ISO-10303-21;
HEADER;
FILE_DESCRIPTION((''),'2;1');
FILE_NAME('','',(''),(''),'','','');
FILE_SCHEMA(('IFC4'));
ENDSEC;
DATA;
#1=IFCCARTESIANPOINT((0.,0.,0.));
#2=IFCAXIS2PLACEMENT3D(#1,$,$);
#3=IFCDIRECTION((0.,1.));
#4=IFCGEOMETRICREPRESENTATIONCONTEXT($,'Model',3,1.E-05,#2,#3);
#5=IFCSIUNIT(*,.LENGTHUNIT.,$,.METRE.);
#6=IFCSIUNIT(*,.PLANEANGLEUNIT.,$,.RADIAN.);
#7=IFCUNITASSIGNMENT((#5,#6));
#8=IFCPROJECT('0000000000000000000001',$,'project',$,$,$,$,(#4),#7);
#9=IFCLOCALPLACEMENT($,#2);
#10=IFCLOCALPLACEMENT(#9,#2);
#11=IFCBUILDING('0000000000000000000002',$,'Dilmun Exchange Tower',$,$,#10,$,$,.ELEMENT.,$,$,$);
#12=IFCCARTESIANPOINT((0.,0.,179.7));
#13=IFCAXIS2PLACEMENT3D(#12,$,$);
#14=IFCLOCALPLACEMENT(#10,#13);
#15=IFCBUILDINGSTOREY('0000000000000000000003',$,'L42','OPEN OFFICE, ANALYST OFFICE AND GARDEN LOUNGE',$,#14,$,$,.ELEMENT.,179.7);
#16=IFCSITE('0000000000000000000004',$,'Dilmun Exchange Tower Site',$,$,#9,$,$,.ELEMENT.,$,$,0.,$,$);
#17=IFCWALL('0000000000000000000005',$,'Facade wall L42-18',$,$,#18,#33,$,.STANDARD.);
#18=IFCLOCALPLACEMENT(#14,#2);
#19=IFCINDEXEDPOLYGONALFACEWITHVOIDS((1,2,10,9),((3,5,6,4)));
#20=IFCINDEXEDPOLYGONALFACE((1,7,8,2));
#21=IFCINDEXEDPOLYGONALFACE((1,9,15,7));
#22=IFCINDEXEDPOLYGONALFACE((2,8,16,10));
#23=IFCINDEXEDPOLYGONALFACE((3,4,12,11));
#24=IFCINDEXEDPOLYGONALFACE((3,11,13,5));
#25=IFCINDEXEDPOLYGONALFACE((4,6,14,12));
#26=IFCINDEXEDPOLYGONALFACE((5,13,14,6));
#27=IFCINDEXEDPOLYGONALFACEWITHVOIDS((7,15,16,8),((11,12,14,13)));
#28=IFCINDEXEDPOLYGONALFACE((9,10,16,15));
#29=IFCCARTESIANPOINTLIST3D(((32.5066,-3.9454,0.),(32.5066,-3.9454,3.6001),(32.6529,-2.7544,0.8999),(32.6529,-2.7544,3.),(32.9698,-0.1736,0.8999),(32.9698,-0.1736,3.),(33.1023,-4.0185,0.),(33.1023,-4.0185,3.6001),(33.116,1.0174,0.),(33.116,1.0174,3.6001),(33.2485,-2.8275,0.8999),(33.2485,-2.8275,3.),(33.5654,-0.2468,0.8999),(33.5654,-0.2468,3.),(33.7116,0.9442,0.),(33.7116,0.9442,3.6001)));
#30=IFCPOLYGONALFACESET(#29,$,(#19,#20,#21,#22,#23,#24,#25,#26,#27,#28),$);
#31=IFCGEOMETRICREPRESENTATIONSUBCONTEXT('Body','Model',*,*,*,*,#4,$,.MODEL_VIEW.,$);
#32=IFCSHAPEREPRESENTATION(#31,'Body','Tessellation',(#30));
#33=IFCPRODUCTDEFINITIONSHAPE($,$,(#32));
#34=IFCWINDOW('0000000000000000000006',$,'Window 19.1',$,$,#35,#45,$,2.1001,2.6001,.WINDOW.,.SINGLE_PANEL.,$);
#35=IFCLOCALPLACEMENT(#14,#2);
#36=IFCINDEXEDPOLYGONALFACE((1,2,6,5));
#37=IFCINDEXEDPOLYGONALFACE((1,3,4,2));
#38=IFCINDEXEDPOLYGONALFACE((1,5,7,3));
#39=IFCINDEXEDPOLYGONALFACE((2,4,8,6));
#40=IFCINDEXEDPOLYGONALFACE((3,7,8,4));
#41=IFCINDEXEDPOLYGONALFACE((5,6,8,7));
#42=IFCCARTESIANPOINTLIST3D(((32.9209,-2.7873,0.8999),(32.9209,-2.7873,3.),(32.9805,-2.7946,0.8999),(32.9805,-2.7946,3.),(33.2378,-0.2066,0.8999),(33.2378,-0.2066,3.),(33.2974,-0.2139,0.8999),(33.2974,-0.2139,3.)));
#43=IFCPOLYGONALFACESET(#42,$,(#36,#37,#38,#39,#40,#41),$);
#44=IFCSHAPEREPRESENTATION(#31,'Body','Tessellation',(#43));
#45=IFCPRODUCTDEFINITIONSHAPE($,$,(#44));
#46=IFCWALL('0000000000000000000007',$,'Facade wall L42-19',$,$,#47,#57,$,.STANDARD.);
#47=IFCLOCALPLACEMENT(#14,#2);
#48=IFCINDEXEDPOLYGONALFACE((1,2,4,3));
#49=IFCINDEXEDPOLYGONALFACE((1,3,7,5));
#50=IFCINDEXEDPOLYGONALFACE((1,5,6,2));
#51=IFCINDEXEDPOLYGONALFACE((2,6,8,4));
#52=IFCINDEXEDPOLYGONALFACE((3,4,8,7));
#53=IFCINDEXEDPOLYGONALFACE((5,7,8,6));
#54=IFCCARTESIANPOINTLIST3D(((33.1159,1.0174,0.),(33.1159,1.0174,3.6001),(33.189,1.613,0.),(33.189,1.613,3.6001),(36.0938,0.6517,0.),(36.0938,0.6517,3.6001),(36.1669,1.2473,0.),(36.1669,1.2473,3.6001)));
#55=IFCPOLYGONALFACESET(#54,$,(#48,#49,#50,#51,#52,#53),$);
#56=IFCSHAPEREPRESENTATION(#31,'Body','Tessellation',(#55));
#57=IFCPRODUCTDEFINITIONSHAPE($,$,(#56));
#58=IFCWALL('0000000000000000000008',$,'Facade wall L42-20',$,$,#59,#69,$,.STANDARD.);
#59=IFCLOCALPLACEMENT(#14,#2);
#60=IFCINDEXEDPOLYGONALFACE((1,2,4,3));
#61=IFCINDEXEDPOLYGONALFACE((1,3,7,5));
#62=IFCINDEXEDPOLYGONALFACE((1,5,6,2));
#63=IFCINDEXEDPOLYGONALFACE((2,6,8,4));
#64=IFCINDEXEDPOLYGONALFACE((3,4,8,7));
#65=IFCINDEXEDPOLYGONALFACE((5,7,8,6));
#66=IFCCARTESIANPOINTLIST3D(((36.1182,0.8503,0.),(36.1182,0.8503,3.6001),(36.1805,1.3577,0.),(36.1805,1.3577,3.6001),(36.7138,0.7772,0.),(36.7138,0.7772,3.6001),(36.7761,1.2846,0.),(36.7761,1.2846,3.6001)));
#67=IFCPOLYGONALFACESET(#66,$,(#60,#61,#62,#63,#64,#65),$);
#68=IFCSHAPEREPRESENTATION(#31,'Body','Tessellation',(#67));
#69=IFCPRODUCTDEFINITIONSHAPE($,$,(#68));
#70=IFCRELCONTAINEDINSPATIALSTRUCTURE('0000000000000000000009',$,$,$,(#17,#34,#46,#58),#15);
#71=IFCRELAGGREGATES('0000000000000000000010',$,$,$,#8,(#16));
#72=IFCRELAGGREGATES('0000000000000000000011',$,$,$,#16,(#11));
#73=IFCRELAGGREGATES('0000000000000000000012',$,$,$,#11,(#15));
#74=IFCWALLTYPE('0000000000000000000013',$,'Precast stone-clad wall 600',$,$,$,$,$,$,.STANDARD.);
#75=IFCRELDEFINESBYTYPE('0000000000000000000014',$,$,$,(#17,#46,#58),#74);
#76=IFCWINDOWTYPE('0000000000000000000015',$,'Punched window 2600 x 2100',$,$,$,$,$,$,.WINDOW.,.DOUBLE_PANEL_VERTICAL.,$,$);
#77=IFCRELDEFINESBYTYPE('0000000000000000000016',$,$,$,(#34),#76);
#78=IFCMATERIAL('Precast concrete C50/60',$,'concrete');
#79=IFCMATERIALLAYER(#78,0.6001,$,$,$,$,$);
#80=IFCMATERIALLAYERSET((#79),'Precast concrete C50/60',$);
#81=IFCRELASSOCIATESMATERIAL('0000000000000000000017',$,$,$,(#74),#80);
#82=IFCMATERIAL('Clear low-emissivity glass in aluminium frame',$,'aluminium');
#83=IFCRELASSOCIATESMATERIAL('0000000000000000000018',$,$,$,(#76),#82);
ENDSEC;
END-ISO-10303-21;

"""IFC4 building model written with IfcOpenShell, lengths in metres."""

from ifc_helpers import new_model, si_unit, direction, frame, frame_2d, origin, place, context, subcontext, project, spatial, rectangle, extrude, material, layer, layer_set, type_object, element, fill, save


model = new_model("IFC4")

# Units and contexts
model_context = context("Model", 3, precision=1e-05, world=origin(), true_north=direction((0.0, 1.0)))
body_context = subcontext(model_context, "Body", "Model", "MODEL_VIEW")
ifc_project = project(units=[si_unit("LENGTHUNIT", "METRE"), si_unit("PLANEANGLEUNIT", "RADIAN")], contexts=[model_context])

# Site, building, storey
site_placement = place(None, origin())
site = spatial("IfcSite", under=ifc_project, at=site_placement, Name="Dilmun Exchange Tower Site", CompositionType="ELEMENT", RefElevation=0.0)
building_placement = place(site_placement, origin())
building = spatial("IfcBuilding", under=site, at=building_placement, Name="Dilmun Exchange Tower", CompositionType="ELEMENT")
storey_placement = place(building_placement, frame((0.0, 0.0, 179.7)))
storey = spatial("IfcBuildingStorey", under=building, at=storey_placement, Name="L42", Description="OPEN OFFICE, ANALYST OFFICE AND GARDEN LOUNGE", CompositionType="ELEMENT", Elevation=179.7)

# Shared definitions
ifc_material_1 = material(Name="Precast concrete C50/60", Category="concrete")
ifc_layer_1 = layer(ifc_material_1, 0.6001)
ifc_layer_set_1 = layer_set([ifc_layer_1], Name="Precast concrete C50/60")
wall_type_1 = type_object("IfcWallType", Name="Precast stone-clad wall 600", PredefinedType="STANDARD", material=ifc_layer_set_1)

# Wall, opening, window
wall_1_placement = place(storey_placement, frame((32.8044, -3.9819, 0.0), z_axis=(0.0, 0.0, 1.0), x_axis=(0.121877, 0.992545, 0.0)))
wall_1 = element("IfcWall", 1, at=wall_1_placement, inside=storey, type_object=wall_type_1, Name="Facade wall L42-18", PredefinedType="STANDARD", context=body_context, shape_type="SweptSolid", body=[
    extrude(rectangle(XDim=5.0, YDim=0.6001, at=frame_2d((2.5, 0.0))), origin(), (0.0, 0.0, 1.0), 3.6001),
])
opening_1_placement = place(wall_1_placement, frame((1.2, 0.0, 0.8999)))
opening_1 = element("IfcOpeningElement", 2, at=opening_1_placement, cuts=wall_1, PredefinedType="OPENING", context=body_context, shape_type="SweptSolid", body=[
    extrude(rectangle(XDim=2.6001, YDim=2.1001, at=frame_2d((1.3, 1.05))), frame((0.0, 0.3101, 0.0), z_axis=(0.0, -1.0, 0.0), x_axis=(1.0, 0.0, 0.0)), (0.0, 0.0, 1.0), 0.6201),
])
ifc_material_2 = material(Name="Clear low-emissivity glass in aluminium frame", Category="aluminium")
window_type_1 = type_object("IfcWindowType", Name="Punched window 2600 x 2100", PartitioningType="DOUBLE_PANEL_VERTICAL", PredefinedType="WINDOW", material=ifc_material_2)
window_1_placement = place(opening_1_placement, origin())
window_1 = element("IfcWindow", 3, at=window_1_placement, inside=storey, type_object=window_type_1, Name="Window 19.1", OverallHeight=2.1001, OverallWidth=2.6001, PartitioningType="SINGLE_PANEL", PredefinedType="WINDOW", context=body_context, shape_type="SweptSolid", body=[
    extrude(rectangle(XDim=2.6001, YDim=2.1001, at=frame_2d((1.3, 1.05))), frame((0.0, 0.03, 0.0), z_axis=(0.0, -1.0, 0.0), x_axis=(1.0, 0.0, 0.0)), (0.0, 0.0, 1.0), 0.0601),
])
fill(opening_1, window_1)

# Walls
wall_2_placement = place(storey_placement, frame((33.1526, 1.3152, 0.0), z_axis=(0.0, 0.0, 1.0), x_axis=(0.992542, -0.121901, 0.0)))
element("IfcWall", 4, at=wall_2_placement, inside=storey, type_object=wall_type_1, Name="Facade wall L42-19", PredefinedType="STANDARD", context=body_context, shape_type="SweptSolid", body=[
    extrude(rectangle(XDim=3.0002, YDim=0.6001, at=frame_2d((1.5, 0.0))), origin(), (0.0, 0.0, 1.0), 3.6001),
])
wall_3_placement = place(storey_placement, frame((36.416, 0.8137, 0.0), z_axis=(0.0, 0.0, 1.0), x_axis=(0.1218, 0.992555, 0.0)))
element("IfcWall", 5, at=wall_3_placement, inside=storey, type_object=wall_type_1, Name="Facade wall L42-20", PredefinedType="STANDARD", context=body_context, shape_type="SweptSolid", body=[
    extrude(rectangle(XDim=0.5112, YDim=0.6001, at=frame_2d((0.2556, 0.0))), origin(), (0.0, 0.0, 1.0), 3.6001),
])

save(model, "model.ifc")
